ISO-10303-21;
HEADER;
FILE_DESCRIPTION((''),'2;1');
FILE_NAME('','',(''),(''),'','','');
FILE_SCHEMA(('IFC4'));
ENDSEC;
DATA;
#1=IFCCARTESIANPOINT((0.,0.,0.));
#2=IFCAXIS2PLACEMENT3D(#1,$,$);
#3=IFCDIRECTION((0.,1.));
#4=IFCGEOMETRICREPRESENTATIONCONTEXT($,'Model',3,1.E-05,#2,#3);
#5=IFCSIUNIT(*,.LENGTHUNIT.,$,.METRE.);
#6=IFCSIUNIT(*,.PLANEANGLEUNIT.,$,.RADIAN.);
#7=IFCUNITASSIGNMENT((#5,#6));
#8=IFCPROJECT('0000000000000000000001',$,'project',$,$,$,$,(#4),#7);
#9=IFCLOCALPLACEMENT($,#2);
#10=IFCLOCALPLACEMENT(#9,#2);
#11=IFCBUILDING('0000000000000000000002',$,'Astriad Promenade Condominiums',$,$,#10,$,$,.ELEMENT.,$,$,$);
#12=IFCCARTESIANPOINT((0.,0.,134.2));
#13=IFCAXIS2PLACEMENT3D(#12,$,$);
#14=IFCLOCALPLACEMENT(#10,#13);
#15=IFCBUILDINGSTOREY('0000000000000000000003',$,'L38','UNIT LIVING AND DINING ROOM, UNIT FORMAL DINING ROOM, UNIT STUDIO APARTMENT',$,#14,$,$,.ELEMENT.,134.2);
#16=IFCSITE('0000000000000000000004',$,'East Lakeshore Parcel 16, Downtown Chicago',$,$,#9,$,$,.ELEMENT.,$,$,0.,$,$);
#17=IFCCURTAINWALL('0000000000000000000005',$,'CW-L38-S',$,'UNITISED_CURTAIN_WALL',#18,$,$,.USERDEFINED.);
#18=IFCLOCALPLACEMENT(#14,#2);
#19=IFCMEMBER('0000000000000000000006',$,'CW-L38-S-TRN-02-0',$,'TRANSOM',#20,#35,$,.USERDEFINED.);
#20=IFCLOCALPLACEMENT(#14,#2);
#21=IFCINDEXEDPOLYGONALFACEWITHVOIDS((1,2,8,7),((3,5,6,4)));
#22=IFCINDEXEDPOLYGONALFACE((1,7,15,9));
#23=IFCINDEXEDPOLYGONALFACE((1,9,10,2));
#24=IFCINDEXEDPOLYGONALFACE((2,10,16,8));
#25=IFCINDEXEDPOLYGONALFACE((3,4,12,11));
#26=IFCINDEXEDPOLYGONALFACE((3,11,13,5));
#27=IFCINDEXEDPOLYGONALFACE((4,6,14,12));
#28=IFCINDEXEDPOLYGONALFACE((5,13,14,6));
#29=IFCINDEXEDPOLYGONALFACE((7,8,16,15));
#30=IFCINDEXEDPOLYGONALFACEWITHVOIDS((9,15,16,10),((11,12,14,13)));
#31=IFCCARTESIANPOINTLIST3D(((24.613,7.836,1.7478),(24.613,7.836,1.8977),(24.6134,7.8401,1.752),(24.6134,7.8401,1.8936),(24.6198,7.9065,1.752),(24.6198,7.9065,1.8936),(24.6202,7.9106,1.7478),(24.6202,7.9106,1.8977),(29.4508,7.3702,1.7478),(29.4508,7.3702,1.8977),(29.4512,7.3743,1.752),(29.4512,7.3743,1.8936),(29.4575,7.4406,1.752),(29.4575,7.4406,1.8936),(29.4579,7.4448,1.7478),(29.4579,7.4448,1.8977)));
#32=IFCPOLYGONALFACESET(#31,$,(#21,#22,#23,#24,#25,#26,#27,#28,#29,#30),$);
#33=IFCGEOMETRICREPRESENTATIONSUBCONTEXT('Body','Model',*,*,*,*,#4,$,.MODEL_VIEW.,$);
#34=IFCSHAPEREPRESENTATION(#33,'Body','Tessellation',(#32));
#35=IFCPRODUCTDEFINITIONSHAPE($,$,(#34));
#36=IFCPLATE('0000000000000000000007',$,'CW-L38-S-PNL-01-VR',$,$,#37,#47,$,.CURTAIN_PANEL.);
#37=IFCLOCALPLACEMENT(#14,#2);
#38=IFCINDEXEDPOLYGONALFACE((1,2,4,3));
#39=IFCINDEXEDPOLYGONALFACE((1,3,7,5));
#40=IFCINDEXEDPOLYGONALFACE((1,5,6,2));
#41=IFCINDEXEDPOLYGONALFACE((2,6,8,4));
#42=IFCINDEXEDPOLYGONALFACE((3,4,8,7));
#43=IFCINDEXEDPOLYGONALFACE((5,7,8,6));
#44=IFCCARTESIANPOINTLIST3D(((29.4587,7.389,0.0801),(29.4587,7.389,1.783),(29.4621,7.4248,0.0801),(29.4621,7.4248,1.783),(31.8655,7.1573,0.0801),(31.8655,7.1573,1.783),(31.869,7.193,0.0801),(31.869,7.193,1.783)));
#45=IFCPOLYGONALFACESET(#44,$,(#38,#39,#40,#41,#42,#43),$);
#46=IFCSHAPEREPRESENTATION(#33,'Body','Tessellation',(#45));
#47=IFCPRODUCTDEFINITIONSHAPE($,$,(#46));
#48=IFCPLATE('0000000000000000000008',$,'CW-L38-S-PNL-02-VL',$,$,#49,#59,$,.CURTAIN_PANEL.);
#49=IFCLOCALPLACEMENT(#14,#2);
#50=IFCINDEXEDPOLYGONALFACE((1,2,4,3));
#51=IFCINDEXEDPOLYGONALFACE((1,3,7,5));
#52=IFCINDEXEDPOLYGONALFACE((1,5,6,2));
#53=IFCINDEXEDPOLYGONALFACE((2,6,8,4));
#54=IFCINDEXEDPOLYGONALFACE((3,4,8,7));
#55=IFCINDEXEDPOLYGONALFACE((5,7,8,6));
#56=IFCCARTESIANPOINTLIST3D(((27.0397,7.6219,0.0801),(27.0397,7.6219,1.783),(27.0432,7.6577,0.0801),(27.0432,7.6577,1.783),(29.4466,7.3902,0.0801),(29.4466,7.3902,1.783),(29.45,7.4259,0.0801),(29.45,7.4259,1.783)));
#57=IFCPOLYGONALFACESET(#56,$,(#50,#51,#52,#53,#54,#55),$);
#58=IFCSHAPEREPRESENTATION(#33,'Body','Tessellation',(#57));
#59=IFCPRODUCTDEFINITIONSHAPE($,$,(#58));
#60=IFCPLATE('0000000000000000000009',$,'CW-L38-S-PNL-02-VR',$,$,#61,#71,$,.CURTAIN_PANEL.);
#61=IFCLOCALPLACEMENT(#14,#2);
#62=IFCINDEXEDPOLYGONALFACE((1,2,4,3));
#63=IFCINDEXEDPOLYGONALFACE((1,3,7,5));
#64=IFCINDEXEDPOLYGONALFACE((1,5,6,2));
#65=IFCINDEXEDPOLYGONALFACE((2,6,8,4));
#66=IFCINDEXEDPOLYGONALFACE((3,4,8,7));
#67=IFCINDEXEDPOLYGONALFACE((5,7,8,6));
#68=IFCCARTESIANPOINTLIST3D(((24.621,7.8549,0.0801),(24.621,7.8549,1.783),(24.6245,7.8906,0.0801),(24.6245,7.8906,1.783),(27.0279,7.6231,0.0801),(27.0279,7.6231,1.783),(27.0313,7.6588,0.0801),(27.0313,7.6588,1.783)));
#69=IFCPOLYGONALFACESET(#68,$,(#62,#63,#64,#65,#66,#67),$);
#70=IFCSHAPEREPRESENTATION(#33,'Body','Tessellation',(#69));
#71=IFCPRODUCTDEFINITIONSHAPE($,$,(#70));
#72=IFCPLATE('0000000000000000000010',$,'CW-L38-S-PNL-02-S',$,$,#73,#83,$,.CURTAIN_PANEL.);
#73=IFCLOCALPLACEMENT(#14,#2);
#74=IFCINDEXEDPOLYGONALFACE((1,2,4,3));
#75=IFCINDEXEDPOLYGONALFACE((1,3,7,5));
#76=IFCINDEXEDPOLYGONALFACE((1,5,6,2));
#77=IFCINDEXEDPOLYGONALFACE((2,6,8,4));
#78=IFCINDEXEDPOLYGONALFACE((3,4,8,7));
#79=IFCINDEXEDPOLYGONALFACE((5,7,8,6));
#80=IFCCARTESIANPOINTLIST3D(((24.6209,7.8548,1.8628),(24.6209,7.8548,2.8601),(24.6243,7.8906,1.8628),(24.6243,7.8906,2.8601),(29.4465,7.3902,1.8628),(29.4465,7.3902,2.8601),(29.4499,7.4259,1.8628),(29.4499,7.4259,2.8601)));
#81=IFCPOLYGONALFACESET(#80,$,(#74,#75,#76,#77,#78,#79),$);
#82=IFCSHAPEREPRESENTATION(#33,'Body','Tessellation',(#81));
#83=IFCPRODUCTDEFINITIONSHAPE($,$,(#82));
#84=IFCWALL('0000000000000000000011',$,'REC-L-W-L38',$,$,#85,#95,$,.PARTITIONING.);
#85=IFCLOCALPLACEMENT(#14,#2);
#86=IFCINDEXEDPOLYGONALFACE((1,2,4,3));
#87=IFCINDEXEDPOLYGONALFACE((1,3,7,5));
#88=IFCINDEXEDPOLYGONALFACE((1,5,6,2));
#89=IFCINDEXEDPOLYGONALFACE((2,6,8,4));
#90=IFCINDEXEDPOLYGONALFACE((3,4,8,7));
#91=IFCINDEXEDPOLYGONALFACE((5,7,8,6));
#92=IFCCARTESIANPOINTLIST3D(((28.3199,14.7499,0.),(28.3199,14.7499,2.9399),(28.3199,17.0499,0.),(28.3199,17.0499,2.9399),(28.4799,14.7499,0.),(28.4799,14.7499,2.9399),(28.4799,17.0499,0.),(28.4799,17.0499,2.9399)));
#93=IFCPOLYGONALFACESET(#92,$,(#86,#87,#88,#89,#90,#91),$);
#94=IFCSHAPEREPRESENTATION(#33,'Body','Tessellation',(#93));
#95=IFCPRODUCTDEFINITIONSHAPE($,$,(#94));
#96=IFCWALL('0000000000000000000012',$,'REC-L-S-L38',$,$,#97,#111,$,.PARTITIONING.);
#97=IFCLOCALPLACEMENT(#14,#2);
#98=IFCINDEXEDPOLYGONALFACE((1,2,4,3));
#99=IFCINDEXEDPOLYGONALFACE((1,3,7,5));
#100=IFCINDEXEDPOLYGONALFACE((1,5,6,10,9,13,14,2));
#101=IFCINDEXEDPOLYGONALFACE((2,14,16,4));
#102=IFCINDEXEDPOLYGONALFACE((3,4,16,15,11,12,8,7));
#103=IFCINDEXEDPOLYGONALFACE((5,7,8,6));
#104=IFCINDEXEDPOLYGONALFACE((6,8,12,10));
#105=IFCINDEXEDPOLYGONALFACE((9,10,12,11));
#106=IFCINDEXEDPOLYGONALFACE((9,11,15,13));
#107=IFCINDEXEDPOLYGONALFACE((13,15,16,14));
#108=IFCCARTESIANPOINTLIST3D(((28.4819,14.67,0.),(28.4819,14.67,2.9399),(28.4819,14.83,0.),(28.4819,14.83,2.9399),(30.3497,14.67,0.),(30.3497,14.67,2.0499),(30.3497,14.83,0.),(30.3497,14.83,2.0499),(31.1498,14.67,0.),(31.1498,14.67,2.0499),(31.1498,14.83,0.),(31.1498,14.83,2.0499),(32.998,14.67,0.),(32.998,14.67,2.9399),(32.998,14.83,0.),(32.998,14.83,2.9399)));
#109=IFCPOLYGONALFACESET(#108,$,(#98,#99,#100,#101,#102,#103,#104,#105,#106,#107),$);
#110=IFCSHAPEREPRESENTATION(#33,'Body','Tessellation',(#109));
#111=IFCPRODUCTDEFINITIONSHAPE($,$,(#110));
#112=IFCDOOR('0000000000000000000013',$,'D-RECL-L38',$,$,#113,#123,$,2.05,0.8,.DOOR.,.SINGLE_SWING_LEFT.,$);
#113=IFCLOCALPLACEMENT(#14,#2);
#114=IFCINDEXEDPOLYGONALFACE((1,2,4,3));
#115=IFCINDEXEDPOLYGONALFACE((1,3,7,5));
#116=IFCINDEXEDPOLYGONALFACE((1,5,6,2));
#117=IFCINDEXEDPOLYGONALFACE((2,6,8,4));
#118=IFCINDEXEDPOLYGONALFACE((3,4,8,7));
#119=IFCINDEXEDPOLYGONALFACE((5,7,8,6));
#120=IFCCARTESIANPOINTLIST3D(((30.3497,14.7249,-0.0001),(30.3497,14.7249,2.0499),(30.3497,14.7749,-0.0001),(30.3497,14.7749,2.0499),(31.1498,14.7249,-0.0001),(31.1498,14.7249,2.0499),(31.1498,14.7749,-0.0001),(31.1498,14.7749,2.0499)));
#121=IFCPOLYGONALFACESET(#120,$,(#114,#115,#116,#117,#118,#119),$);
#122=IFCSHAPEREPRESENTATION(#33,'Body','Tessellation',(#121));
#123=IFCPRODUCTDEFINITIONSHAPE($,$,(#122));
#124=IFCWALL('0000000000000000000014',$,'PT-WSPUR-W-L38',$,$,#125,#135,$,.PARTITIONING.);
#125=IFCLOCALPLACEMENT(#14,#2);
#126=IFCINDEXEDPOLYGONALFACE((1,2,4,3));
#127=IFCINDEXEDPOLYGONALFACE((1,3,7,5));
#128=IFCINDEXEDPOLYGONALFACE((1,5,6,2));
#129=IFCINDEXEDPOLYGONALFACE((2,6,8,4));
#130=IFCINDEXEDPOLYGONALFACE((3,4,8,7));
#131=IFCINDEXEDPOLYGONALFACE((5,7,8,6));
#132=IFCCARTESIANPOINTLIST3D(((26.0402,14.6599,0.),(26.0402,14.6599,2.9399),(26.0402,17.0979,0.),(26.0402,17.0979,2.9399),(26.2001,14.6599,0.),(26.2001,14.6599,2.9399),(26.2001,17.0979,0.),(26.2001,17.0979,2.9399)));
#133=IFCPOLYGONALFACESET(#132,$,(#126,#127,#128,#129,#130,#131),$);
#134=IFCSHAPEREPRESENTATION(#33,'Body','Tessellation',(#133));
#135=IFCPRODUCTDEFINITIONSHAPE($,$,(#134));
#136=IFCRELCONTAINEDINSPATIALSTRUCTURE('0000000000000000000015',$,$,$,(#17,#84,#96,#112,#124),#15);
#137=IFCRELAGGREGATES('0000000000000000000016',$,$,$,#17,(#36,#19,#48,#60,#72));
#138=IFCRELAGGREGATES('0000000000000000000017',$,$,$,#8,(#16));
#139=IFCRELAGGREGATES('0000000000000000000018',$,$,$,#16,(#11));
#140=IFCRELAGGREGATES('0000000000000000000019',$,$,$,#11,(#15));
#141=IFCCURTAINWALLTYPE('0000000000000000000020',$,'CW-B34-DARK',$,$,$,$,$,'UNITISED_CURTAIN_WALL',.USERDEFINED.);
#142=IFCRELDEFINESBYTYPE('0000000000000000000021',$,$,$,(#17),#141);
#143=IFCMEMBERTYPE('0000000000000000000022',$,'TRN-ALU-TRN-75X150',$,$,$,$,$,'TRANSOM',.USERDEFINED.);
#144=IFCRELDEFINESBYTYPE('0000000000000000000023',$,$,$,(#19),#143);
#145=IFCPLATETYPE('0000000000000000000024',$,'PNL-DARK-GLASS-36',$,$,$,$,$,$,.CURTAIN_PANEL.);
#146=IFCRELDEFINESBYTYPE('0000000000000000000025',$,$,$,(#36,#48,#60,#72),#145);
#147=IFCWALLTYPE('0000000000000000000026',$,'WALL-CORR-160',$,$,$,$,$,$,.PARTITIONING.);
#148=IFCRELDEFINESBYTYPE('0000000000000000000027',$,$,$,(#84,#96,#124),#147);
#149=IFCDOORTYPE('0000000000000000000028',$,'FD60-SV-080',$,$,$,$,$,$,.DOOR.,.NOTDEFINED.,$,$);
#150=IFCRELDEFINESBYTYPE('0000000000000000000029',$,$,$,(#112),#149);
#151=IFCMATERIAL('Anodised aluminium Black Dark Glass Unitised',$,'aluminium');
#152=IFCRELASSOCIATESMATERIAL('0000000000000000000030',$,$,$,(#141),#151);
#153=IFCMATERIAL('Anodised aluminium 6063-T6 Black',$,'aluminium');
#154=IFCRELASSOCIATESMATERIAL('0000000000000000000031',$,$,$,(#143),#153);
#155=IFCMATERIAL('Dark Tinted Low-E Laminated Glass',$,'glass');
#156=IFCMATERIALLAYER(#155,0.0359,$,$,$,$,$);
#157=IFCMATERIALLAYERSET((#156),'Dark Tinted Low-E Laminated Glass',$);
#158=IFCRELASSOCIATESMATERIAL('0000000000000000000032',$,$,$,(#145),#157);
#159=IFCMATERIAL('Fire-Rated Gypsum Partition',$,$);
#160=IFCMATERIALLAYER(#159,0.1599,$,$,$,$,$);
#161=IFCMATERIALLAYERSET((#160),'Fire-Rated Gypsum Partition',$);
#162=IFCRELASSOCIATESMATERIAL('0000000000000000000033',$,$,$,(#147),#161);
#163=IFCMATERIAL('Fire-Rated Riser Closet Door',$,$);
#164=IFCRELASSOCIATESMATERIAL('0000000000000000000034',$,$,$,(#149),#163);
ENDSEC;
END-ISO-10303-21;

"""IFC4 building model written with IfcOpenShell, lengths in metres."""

from ifc_helpers import new_model, si_unit, direction, frame, frame_2d, origin, origin_2d, place, context, subcontext, project, spatial, rectangle, hollow_rectangle, extrude, source, transform, mapped, material, layer, layer_set, material_profile, profile_set, type_object, type_shapes, element, fill, aggregate, save


model = new_model("IFC4")

# Units and contexts
model_context = context("Model", 3, precision=1e-05, world=origin(), true_north=direction((0.0, 1.0)))
body_context = subcontext(model_context, "Body", "Model", "MODEL_VIEW")
ifc_project = project(units=[si_unit("LENGTHUNIT", "METRE"), si_unit("PLANEANGLEUNIT", "RADIAN")], contexts=[model_context])

# Site, building, storey
site_placement = place(None, origin())
site = spatial("IfcSite", under=ifc_project, at=site_placement, Name="East Lakeshore Parcel 16, Downtown Chicago", CompositionType="ELEMENT", RefElevation=0.0)
building_placement = place(site_placement, origin())
building = spatial("IfcBuilding", under=site, at=building_placement, Name="Astriad Promenade Condominiums", CompositionType="ELEMENT")
storey_placement = place(building_placement, frame((0.0, 0.0, 134.2)))
storey = spatial("IfcBuildingStorey", under=building, at=storey_placement, Name="L38", Description="UNIT LIVING AND DINING ROOM, UNIT FORMAL DINING ROOM, UNIT STUDIO APARTMENT", CompositionType="ELEMENT", Elevation=134.2)

# Curtain wall, member, plates
ifc_material_1 = material(Name="Anodised aluminium Black Dark Glass Unitised", Category="aluminium")
curtain_wall_type = type_object("IfcCurtainWallType", Name="CW-B34-DARK", ElementType="UNITISED_CURTAIN_WALL", PredefinedType="USERDEFINED", material=ifc_material_1)
curtain_wall_placement = place(storey_placement, origin())
curtain_wall = element("IfcCurtainWall", 1, at=curtain_wall_placement, inside=storey, type_object=curtain_wall_type, Name="CW-L38-S", ObjectType="UNITISED_CURTAIN_WALL", PredefinedType="USERDEFINED")
ifc_material_2 = material(Name="Anodised aluminium 6063-T6 Black", Category="aluminium")
ifc_material_profile_1 = material_profile(ifc_material_2, hollow_rectangle(XDim=0.075, YDim=0.1499, WallThickness=0.0042, at=origin_2d()), Name="ALU-TRN-75X150")
ifc_profile_set_1 = profile_set([ifc_material_profile_1], Name="Anodised aluminium 6063-T6 Black")
member_type_1 = type_object("IfcMemberType", Name="TRN-ALU-TRN-75X150", ElementType="TRANSOM", PredefinedType="USERDEFINED", material=ifc_profile_set_1)
shared_shape_1 = source(origin(), body_context, "Body", "SweptSolid", [
    extrude(hollow_rectangle(XDim=0.075, YDim=0.1499, WallThickness=0.0042, at=origin_2d()), origin(), (0.0, 0.0, 1.0), 4.8601),
])
type_shapes(member_type_1, [shared_shape_1])
member_1_placement = place(storey_placement, frame((29.4543, 7.4075, 1.8228), z_axis=(-0.995396, 0.095847, 0.0), x_axis=(-0.095847, -0.995396, 0.0)))
member_1 = element("IfcMember", 2, at=member_1_placement, type_object=member_type_1, Name="CW-L38-S-TRN-02-0", ObjectType="TRANSOM", PredefinedType="USERDEFINED", context=body_context, shape_type="MappedRepresentation", body=[
    mapped(shared_shape_1, transform((0.0, 0.0, 0.0), scale=1.0)),
])
ifc_material_3 = material(Name="Dark Tinted Low-E Laminated Glass", Category="glass")
ifc_layer_1 = layer(ifc_material_3, 0.0359)
ifc_layer_set_1 = layer_set([ifc_layer_1], Name="Dark Tinted Low-E Laminated Glass")
plate_type = type_object("IfcPlateType", Name="PNL-DARK-GLASS-36", PredefinedType="CURTAIN_PANEL", material=ifc_layer_set_1)
shared_shape_2 = source(origin(), body_context, "Body", "SweptSolid", [
    extrude(rectangle(XDim=2.418, YDim=0.0359, at=origin_2d()), origin(), (0.0, 0.0, 1.0), 1.7029),
])
plate_1_placement = place(storey_placement, frame((30.6638, 7.291, 0.0801), z_axis=(0.0, 0.0, 1.0), x_axis=(-0.995396, 0.095846, 0.0)))
plate_1 = element("IfcPlate", 3, at=plate_1_placement, type_object=plate_type, Name="CW-L38-S-PNL-01-VR", PredefinedType="CURTAIN_PANEL", context=body_context, shape_type="MappedRepresentation", body=[
    mapped(shared_shape_2, transform((0.0, 0.0, 0.0), scale=1.0)),
])
plate_2_placement = place(storey_placement, frame((28.2449, 7.5239, 0.0801), z_axis=(0.0, 0.0, 1.0), x_axis=(-0.995396, 0.095846, 0.0)))
plate_2 = element("IfcPlate", 4, at=plate_2_placement, type_object=plate_type, Name="CW-L38-S-PNL-02-VL", PredefinedType="CURTAIN_PANEL", context=body_context, shape_type="MappedRepresentation", body=[
    mapped(shared_shape_2, transform((0.0, 0.0, 0.0), scale=1.0)),
])
plate_3_placement = place(storey_placement, frame((25.8262, 7.7568, 0.0801), z_axis=(0.0, 0.0, 1.0), x_axis=(-0.995396, 0.095846, 0.0)))
plate_3 = element("IfcPlate", 5, at=plate_3_placement, type_object=plate_type, Name="CW-L38-S-PNL-02-VR", PredefinedType="CURTAIN_PANEL", context=body_context, shape_type="MappedRepresentation", body=[
    mapped(shared_shape_2, transform((0.0, 0.0, 0.0), scale=1.0)),
])
shared_shape_3 = source(origin(), body_context, "Body", "SweptSolid", [
    extrude(rectangle(XDim=4.8479, YDim=0.0359, at=origin_2d()), origin(), (0.0, 0.0, 1.0), 0.9973),
])
type_shapes(plate_type, [shared_shape_2, shared_shape_3])
plate_4_placement = place(storey_placement, frame((27.0354, 7.6404, 1.8628), z_axis=(0.0, 0.0, 1.0), x_axis=(-0.995396, 0.095846, 0.0)))
plate_4 = element("IfcPlate", 6, at=plate_4_placement, type_object=plate_type, Name="CW-L38-S-PNL-02-S", PredefinedType="CURTAIN_PANEL", context=body_context, shape_type="MappedRepresentation", body=[
    mapped(shared_shape_3, transform((0.0, 0.0, 0.0), scale=1.0)),
])
aggregate(curtain_wall, [plate_1, member_1, plate_2, plate_3, plate_4])

# Wall
ifc_material_4 = material(Name="Fire-Rated Gypsum Partition")
ifc_layer_2 = layer(ifc_material_4, 0.1599)
ifc_layer_set_2 = layer_set([ifc_layer_2], Name="Fire-Rated Gypsum Partition")
wall_type_1 = type_object("IfcWallType", Name="WALL-CORR-160", PredefinedType="PARTITIONING", material=ifc_layer_set_2)
wall_1_placement = place(storey_placement, frame((28.3999, 14.75, 0.0), z_axis=(0.0, 0.0, 1.0), x_axis=(0.0, 1.0, 0.0)))
element("IfcWall", 7, at=wall_1_placement, inside=storey, type_object=wall_type_1, Name="REC-L-W-L38", PredefinedType="PARTITIONING", context=body_context, shape_type="SweptSolid", body=[
    extrude(rectangle(XDim=2.3, YDim=0.1599, at=frame_2d((1.1499, 0.0))), origin(), (0.0, 0.0, 1.0), 2.9399),
])

# Wall, opening, door
wall_2_placement = place(storey_placement, frame((28.4819, 14.75, 0.0), z_axis=(0.0, 0.0, 1.0), x_axis=(1.0, 0.0, 0.0)))
wall_2 = element("IfcWall", 8, at=wall_2_placement, inside=storey, type_object=wall_type_1, Name="REC-L-S-L38", PredefinedType="PARTITIONING", context=body_context, shape_type="SweptSolid", body=[
    extrude(rectangle(XDim=4.5161, YDim=0.1599, at=frame_2d((2.2581, 0.0))), origin(), (0.0, 0.0, 1.0), 2.9399),
])
opening_1_placement = place(wall_2_placement, frame((1.8679, 0.0, 0.0)))
opening_1 = element("IfcOpeningElement", 9, at=opening_1_placement, cuts=wall_2, PredefinedType="OPENING", context=body_context, shape_type="SweptSolid", body=[
    extrude(rectangle(XDim=0.8, YDim=2.05, at=frame_2d((0.3999, 1.0249))), frame((0.0, 0.0898, 0.0), z_axis=(0.0, -1.0, 0.0), x_axis=(1.0, 0.0, 0.0)), (0.0, 0.0, 1.0), 0.1799),
])
ifc_material_5 = material(Name="Fire-Rated Riser Closet Door")
door_type_1 = type_object("IfcDoorType", Name="FD60-SV-080", OperationType="NOTDEFINED", PredefinedType="DOOR", material=ifc_material_5)
shared_shape_4 = source(origin(), body_context, "Body", "SweptSolid", [
    extrude(rectangle(XDim=0.8, YDim=2.05, at=frame_2d((0.3999, 1.0249))), frame((0.0, 0.0249, 0.0), z_axis=(0.0, -1.0, 0.0), x_axis=(1.0, 0.0, 0.0)), (0.0, 0.0, 1.0), 0.05),
])
type_shapes(door_type_1, [shared_shape_4])
door_1_placement = place(opening_1_placement, origin())
door_1 = element("IfcDoor", 10, at=door_1_placement, inside=storey, type_object=door_type_1, Name="D-RECL-L38", OperationType="SINGLE_SWING_LEFT", OverallHeight=2.05, OverallWidth=0.8, PredefinedType="DOOR", context=body_context, shape_type="MappedRepresentation", body=[
    mapped(shared_shape_4, transform((0.0, 0.0, 0.0), scale=1.0)),
])
fill(opening_1, door_1)

# Wall
wall_3_placement = place(storey_placement, frame((26.1201, 14.6599, 0.0), z_axis=(0.0, 0.0, 1.0), x_axis=(0.0, 1.0, 0.0)))
element("IfcWall", 11, at=wall_3_placement, inside=storey, type_object=wall_type_1, Name="PT-WSPUR-W-L38", PredefinedType="PARTITIONING", context=body_context, shape_type="SweptSolid", body=[
    extrude(rectangle(XDim=2.438, YDim=0.1599, at=frame_2d((1.219, 0.0))), origin(), (0.0, 0.0, 1.0), 2.9399),
])

save(model, "model.ifc")
